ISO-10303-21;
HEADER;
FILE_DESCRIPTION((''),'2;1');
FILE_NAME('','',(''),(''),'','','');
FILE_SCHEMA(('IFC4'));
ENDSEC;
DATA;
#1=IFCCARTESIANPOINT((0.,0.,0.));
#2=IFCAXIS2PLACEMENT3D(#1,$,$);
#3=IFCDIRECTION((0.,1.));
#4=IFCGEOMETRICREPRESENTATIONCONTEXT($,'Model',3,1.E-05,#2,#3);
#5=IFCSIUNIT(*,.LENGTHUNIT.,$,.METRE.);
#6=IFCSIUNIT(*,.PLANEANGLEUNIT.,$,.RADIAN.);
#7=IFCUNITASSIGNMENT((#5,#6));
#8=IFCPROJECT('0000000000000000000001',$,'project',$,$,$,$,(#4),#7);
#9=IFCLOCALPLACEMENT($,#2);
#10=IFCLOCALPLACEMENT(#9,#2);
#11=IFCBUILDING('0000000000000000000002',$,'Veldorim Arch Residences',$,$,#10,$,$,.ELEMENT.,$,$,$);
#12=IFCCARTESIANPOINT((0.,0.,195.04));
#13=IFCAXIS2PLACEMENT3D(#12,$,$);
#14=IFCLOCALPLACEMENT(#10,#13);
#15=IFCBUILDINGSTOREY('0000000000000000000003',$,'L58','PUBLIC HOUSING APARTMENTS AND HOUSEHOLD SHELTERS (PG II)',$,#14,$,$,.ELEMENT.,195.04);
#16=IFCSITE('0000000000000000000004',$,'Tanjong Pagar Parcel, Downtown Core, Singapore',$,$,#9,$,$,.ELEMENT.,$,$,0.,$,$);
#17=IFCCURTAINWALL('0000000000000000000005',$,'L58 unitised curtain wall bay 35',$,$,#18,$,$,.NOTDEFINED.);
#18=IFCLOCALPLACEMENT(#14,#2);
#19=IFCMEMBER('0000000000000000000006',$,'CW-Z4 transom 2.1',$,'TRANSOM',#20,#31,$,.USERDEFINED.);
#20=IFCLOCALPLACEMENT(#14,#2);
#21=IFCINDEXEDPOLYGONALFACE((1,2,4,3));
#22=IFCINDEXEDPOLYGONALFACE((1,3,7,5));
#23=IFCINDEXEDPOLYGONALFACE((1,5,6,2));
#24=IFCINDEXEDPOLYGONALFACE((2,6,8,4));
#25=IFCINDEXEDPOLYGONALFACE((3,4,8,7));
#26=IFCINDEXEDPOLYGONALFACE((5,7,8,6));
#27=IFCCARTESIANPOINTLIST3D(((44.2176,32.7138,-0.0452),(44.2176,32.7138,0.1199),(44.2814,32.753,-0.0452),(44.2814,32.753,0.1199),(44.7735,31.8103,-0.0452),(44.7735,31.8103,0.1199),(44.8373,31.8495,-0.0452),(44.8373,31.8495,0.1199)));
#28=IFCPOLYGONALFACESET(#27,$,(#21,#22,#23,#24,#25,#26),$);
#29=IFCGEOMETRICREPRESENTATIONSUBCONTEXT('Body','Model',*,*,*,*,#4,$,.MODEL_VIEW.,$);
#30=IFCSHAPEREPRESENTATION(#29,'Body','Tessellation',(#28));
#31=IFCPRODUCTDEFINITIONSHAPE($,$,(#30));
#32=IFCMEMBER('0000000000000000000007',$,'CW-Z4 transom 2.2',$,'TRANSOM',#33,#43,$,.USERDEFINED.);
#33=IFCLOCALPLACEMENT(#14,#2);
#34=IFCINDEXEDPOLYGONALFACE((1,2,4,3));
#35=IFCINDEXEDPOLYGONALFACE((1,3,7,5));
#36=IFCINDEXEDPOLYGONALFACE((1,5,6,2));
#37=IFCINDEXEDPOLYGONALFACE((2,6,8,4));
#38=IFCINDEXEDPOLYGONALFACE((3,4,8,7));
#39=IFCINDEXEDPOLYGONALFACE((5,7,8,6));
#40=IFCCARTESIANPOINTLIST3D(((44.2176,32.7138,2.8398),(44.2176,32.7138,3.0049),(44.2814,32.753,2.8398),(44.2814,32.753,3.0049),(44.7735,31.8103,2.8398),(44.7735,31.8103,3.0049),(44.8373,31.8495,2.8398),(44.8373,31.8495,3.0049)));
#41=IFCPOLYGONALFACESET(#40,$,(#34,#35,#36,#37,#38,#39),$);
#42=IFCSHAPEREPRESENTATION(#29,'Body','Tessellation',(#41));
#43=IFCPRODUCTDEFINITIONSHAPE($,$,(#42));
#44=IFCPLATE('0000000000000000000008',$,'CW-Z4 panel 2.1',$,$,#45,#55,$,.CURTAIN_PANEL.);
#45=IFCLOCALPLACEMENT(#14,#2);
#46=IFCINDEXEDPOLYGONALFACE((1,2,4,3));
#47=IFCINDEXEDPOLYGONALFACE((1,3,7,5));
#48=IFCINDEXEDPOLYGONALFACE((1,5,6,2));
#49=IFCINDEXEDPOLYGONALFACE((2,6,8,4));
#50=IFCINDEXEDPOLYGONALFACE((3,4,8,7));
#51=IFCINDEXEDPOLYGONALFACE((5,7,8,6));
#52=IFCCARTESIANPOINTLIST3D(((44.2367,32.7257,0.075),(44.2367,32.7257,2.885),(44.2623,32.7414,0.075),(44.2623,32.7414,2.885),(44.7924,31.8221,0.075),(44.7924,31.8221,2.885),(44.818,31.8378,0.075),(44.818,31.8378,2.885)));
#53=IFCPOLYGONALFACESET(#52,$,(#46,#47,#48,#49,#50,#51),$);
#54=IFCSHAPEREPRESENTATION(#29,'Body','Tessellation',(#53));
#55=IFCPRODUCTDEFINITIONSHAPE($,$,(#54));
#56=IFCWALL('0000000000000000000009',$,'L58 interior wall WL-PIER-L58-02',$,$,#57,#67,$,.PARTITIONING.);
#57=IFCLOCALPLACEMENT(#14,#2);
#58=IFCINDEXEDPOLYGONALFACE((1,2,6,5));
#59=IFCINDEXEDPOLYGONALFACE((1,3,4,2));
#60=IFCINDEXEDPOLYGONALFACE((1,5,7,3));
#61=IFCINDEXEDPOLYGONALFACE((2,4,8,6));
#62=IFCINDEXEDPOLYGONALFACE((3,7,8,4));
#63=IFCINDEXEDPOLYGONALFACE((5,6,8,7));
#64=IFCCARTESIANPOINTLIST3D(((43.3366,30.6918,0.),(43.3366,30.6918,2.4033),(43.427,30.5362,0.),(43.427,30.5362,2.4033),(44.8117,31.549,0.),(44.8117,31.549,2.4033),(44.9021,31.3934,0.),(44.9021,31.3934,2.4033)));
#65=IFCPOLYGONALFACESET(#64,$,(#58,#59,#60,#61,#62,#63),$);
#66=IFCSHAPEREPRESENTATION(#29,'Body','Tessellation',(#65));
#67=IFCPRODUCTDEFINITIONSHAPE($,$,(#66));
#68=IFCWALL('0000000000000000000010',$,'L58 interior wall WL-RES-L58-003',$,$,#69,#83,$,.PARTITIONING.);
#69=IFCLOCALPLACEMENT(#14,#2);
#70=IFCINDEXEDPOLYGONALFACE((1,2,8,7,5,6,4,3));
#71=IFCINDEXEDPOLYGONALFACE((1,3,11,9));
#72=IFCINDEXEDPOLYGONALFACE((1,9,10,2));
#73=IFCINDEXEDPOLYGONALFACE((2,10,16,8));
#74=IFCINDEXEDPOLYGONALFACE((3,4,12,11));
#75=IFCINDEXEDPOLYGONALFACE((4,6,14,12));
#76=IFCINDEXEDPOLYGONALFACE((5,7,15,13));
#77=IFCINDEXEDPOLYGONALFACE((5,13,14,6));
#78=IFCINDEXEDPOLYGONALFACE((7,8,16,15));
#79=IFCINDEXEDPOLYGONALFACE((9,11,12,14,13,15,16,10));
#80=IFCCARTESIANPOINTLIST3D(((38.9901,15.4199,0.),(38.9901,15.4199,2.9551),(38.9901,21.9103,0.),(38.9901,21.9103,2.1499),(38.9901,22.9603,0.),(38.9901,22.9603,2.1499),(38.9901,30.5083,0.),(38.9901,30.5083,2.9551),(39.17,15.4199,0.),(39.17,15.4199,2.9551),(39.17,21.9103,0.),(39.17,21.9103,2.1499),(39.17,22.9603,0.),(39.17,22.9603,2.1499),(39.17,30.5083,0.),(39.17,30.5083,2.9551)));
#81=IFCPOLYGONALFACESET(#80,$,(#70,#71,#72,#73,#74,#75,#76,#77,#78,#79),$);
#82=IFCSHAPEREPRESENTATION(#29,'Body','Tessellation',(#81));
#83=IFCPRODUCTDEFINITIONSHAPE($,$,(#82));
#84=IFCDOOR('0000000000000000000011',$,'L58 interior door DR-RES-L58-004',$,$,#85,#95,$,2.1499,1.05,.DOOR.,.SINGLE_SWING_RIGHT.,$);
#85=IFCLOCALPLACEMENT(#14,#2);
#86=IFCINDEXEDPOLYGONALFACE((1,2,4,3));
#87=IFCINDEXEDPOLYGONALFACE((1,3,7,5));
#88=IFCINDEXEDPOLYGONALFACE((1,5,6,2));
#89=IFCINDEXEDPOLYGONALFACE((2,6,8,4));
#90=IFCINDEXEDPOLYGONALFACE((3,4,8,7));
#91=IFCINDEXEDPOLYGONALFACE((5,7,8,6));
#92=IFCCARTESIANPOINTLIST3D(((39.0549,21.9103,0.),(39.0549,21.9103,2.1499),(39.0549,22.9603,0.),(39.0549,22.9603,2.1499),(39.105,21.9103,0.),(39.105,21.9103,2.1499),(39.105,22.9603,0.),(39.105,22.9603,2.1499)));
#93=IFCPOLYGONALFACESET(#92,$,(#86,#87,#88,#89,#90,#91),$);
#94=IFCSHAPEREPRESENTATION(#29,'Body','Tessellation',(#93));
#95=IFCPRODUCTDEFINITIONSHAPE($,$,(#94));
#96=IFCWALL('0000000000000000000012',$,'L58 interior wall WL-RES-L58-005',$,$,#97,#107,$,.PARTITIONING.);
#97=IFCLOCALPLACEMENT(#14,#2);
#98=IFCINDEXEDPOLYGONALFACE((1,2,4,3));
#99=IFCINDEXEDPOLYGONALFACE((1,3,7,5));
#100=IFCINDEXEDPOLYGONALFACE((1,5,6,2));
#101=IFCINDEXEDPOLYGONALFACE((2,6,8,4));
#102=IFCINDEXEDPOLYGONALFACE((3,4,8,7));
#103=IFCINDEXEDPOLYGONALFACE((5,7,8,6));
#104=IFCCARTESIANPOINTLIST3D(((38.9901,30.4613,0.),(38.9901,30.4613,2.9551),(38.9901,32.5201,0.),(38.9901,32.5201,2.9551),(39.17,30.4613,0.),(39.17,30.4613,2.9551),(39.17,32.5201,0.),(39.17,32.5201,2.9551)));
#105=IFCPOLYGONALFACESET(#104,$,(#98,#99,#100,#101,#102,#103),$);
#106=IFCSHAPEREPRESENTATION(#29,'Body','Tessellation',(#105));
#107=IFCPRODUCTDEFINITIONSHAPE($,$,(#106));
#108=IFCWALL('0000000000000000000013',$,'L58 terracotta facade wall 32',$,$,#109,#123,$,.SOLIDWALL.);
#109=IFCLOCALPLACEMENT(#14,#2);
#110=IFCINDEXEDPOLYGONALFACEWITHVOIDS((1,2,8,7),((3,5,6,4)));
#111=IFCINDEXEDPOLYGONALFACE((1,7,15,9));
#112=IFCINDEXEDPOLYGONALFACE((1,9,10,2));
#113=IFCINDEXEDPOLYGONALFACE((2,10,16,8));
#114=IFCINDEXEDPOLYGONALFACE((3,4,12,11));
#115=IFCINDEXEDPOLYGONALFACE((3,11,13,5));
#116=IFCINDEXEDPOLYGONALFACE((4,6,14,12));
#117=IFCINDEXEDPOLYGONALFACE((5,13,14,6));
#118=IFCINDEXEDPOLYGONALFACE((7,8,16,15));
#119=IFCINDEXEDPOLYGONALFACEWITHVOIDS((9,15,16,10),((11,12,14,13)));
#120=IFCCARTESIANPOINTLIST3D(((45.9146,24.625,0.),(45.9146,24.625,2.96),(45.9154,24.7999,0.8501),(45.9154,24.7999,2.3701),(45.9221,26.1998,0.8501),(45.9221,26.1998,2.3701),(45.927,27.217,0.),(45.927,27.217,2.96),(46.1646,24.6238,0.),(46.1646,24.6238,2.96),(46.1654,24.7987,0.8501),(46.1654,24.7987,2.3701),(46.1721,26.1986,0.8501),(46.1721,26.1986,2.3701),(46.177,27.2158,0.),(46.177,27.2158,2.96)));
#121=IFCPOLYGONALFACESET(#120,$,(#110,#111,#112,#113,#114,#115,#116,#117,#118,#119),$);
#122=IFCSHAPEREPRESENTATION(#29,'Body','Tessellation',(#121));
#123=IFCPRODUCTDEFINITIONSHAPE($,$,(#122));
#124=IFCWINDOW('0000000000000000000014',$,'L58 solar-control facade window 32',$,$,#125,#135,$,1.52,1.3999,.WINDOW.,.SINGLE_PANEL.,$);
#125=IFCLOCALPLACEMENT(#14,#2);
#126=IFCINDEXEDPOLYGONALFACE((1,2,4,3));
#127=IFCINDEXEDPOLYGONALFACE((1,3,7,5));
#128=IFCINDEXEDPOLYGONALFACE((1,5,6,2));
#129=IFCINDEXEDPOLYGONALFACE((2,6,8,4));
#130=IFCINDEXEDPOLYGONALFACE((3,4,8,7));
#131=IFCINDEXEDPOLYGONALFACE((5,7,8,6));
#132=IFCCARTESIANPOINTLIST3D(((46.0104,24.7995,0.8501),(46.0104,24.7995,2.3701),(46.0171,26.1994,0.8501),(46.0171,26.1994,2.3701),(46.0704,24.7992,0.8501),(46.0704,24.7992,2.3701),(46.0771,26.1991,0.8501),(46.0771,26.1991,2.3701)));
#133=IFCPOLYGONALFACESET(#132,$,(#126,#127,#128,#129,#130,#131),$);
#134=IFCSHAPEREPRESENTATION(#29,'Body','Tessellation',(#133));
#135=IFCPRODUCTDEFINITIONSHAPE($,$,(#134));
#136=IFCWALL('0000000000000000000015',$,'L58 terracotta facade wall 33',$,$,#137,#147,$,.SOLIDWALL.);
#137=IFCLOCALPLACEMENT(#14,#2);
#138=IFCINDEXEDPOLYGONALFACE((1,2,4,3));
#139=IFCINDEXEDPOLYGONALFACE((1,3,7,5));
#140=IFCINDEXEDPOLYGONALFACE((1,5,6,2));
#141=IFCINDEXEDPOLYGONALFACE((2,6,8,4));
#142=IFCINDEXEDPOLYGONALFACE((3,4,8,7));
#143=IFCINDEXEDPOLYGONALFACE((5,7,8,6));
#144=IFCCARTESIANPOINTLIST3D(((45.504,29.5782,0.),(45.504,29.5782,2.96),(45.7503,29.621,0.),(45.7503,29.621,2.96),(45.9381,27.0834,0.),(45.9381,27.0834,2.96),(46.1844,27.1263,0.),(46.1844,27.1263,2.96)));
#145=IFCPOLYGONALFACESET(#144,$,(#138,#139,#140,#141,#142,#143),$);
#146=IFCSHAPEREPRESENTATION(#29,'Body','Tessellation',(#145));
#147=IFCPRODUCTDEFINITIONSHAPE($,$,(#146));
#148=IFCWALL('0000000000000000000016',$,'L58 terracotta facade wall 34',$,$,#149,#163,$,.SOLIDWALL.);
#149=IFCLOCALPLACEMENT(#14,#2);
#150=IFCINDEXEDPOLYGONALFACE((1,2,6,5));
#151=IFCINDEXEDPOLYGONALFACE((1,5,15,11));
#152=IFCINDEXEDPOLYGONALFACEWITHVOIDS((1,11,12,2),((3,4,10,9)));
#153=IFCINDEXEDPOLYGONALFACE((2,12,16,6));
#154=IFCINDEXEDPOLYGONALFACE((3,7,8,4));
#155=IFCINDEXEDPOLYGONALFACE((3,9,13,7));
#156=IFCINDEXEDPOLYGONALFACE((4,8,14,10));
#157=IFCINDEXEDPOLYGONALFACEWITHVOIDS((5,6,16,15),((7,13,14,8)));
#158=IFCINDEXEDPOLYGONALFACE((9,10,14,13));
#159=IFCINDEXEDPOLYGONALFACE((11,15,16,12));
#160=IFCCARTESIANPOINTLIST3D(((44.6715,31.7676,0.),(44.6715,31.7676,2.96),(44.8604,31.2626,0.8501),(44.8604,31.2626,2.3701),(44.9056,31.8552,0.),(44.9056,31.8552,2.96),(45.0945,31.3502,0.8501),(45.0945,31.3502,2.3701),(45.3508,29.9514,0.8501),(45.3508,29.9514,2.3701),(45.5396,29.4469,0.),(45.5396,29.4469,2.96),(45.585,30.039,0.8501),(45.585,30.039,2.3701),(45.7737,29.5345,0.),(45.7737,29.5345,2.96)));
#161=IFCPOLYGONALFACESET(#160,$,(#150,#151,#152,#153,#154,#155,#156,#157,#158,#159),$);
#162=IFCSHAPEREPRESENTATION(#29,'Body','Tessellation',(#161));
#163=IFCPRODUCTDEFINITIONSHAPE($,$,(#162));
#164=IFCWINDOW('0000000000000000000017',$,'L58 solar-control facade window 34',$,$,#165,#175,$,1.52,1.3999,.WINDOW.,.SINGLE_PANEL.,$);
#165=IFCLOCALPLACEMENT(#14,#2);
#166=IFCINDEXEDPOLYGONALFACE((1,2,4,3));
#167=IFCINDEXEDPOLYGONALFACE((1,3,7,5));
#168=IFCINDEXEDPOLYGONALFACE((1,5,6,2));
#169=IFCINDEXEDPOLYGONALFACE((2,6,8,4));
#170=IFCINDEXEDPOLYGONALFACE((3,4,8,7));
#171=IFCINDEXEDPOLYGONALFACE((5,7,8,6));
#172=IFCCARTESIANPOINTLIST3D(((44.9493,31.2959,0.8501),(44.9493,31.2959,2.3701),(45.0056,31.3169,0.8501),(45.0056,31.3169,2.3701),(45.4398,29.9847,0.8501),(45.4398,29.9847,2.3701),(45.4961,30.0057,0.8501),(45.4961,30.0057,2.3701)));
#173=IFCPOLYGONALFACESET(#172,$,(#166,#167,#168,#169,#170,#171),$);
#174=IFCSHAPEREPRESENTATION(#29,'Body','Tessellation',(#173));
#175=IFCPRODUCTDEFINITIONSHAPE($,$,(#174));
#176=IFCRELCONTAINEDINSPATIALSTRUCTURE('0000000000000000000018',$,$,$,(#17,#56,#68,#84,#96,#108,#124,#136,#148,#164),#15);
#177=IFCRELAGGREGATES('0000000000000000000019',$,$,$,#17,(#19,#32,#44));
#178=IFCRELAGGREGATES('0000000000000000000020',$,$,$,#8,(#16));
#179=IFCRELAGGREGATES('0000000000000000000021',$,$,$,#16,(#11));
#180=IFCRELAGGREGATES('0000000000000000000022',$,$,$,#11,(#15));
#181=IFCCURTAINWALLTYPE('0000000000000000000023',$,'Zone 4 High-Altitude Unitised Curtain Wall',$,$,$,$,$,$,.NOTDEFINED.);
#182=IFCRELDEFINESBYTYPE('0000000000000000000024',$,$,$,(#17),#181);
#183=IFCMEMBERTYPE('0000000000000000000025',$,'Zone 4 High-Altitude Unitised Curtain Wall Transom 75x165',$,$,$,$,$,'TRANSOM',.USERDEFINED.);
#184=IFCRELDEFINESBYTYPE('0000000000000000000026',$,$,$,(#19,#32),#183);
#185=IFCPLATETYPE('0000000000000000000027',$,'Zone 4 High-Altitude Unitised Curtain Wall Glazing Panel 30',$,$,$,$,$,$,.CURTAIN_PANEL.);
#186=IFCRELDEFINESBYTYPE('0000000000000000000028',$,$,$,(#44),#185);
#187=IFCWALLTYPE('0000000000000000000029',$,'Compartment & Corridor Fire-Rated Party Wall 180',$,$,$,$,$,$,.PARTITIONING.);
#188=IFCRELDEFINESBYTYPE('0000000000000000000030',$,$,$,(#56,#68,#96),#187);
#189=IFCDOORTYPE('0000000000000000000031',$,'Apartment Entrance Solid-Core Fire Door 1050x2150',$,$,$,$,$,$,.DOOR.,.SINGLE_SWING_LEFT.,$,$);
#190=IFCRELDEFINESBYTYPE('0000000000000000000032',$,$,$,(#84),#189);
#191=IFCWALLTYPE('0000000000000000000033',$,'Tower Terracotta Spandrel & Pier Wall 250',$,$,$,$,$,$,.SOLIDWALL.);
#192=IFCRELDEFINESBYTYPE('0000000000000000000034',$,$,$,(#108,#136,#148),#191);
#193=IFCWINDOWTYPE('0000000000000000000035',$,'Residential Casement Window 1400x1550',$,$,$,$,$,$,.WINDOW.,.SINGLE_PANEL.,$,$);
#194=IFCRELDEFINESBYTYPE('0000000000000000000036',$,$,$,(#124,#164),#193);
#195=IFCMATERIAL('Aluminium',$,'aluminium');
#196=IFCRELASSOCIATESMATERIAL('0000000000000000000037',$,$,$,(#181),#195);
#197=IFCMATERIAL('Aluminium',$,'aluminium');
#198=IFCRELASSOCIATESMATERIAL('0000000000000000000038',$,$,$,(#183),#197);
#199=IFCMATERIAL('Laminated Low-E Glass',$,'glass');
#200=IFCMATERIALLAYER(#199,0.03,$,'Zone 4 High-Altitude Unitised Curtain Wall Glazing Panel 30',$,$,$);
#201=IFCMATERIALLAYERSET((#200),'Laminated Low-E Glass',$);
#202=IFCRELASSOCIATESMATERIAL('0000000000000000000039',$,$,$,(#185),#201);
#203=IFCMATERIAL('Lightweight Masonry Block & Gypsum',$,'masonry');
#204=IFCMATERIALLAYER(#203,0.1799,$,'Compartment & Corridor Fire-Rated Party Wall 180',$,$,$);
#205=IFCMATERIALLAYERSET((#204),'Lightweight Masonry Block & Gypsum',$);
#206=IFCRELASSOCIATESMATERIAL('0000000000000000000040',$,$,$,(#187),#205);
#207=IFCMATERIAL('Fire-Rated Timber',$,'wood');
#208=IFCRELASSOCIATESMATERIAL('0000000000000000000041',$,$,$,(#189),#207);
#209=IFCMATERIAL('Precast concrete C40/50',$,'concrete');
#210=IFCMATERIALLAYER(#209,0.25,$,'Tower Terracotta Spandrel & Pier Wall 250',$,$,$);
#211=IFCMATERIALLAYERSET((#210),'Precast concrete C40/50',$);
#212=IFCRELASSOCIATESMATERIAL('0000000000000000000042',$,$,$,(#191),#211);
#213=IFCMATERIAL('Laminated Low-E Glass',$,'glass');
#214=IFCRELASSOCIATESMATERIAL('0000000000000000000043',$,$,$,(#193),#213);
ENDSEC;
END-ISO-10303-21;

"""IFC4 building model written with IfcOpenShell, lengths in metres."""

from ifc_helpers import new_model, si_unit, direction, frame, frame_2d, origin, origin_2d, place, context, subcontext, project, spatial, rectangle, extrude, material, layer, layer_set, material_profile, profile_set, type_object, element, fill, aggregate, save


model = new_model("IFC4")

# Units and contexts
model_context = context("Model", 3, precision=1e-05, world=origin(), true_north=direction((0.0, 1.0)))
body_context = subcontext(model_context, "Body", "Model", "MODEL_VIEW")
ifc_project = project(units=[si_unit("LENGTHUNIT", "METRE"), si_unit("PLANEANGLEUNIT", "RADIAN")], contexts=[model_context])

# Site, building, storey
site_placement = place(None, origin())
site = spatial("IfcSite", under=ifc_project, at=site_placement, Name="Tanjong Pagar Parcel, Downtown Core, Singapore", CompositionType="ELEMENT", RefElevation=0.0)
building_placement = place(site_placement, origin())
building = spatial("IfcBuilding", under=site, at=building_placement, Name="Veldorim Arch Residences", CompositionType="ELEMENT")
storey_placement = place(building_placement, frame((0.0, 0.0, 195.04)))
storey = spatial("IfcBuildingStorey", under=building, at=storey_placement, Name="L58", Description="PUBLIC HOUSING APARTMENTS AND HOUSEHOLD SHELTERS (PG II)", CompositionType="ELEMENT", Elevation=195.04)

# Curtain wall, members, plate
ifc_material_1 = material(Name="Aluminium", Category="aluminium")
curtain_wall_type = type_object("IfcCurtainWallType", Name="Zone 4 High-Altitude Unitised Curtain Wall", PredefinedType="NOTDEFINED", material=ifc_material_1)
curtain_wall_placement = place(storey_placement, origin())
curtain_wall = element("IfcCurtainWall", 1, at=curtain_wall_placement, inside=storey, type_object=curtain_wall_type, Name="L58 unitised curtain wall bay 35", PredefinedType="NOTDEFINED")
ifc_material_2 = material(Name="Aluminium", Category="aluminium")
ifc_material_profile_1 = material_profile(ifc_material_2, rectangle(XDim=0.075, YDim=0.165, at=origin_2d()), Name="ALU_TRN_75x165")
ifc_profile_set_1 = profile_set([ifc_material_profile_1], Name="Aluminium")
member_type_1 = type_object("IfcMemberType", Name="Zone 4 High-Altitude Unitised Curtain Wall Transom 75x165", ElementType="TRANSOM", PredefinedType="USERDEFINED", material=ifc_profile_set_1)
member_1_placement = place(storey_placement, frame((44.2495, 32.7334, 0.0374), z_axis=(0.524008, -0.851714, 0.0), x_axis=(0.851714, 0.524008, 0.0)))
member_1 = element("IfcMember", 2, at=member_1_placement, type_object=member_type_1, Name="CW-Z4 transom 2.1", ObjectType="TRANSOM", PredefinedType="USERDEFINED", context=body_context, shape_type="SweptSolid", body=[
    extrude(rectangle(XDim=0.075, YDim=0.165, at=origin_2d()), origin(), (0.0, 0.0, 1.0), 1.0608),
])
member_2_placement = place(storey_placement, frame((44.2495, 32.7334, 2.9224), z_axis=(0.524008, -0.851714, 0.0), x_axis=(0.851714, 0.524008, 0.0)))
member_2 = element("IfcMember", 3, at=member_2_placement, type_object=member_type_1, Name="CW-Z4 transom 2.2", ObjectType="TRANSOM", PredefinedType="USERDEFINED", context=body_context, shape_type="SweptSolid", body=[
    extrude(rectangle(XDim=0.075, YDim=0.165, at=origin_2d()), origin(), (0.0, 0.0, 1.0), 1.0608),
])
ifc_material_3 = material(Name="Laminated Low-E Glass", Category="glass")
ifc_layer_1 = layer(ifc_material_3, 0.03, Name="Zone 4 High-Altitude Unitised Curtain Wall Glazing Panel 30")
ifc_layer_set_1 = layer_set([ifc_layer_1], Name="Laminated Low-E Glass")
plate_type = type_object("IfcPlateType", Name="Zone 4 High-Altitude Unitised Curtain Wall Glazing Panel 30", PredefinedType="CURTAIN_PANEL", material=ifc_layer_set_1)
plate_placement = place(storey_placement, frame((44.5273, 32.2817, 0.075), z_axis=(0.0, 0.0, 1.0), x_axis=(0.523864, -0.851802, 0.0)))
plate = element("IfcPlate", 4, at=plate_placement, type_object=plate_type, Name="CW-Z4 panel 2.1", PredefinedType="CURTAIN_PANEL", context=body_context, shape_type="SweptSolid", body=[
    extrude(rectangle(XDim=1.0608, YDim=0.03, at=origin_2d()), origin(), (0.0, 0.0, 1.0), 2.8101),
])
aggregate(curtain_wall, [member_1, member_2, plate])

# Wall
ifc_material_4 = material(Name="Lightweight Masonry Block & Gypsum", Category="masonry")
ifc_layer_2 = layer(ifc_material_4, 0.1799, Name="Compartment & Corridor Fire-Rated Party Wall 180")
ifc_layer_set_2 = layer_set([ifc_layer_2], Name="Lightweight Masonry Block & Gypsum")
wall_type_1 = type_object("IfcWallType", Name="Compartment & Corridor Fire-Rated Party Wall 180", PredefinedType="PARTITIONING", material=ifc_layer_set_2)
wall_1_placement = place(storey_placement, frame((43.3818, 30.614, 0.0), z_axis=(0.0, 0.0, 1.0), x_axis=(0.864619, 0.502429, 0.0)))
element("IfcWall", 5, at=wall_1_placement, inside=storey, type_object=wall_type_1, Name="L58 interior wall WL-PIER-L58-02", PredefinedType="PARTITIONING", context=body_context, shape_type="SweptSolid", body=[
    extrude(rectangle(XDim=1.7061, YDim=0.1799, at=frame_2d((0.853, 0.0))), origin(), (0.0, 0.0, 1.0), 2.4033),
])

# Wall, opening, door
wall_2_placement = place(storey_placement, frame((39.0801, 30.5083, 0.0), z_axis=(0.0, 0.0, 1.0), x_axis=(0.0, -1.0, 0.0)))
wall_2 = element("IfcWall", 6, at=wall_2_placement, inside=storey, type_object=wall_type_1, Name="L58 interior wall WL-RES-L58-003", PredefinedType="PARTITIONING", context=body_context, shape_type="SweptSolid", body=[
    extrude(rectangle(XDim=15.0884, YDim=0.1799, at=frame_2d((7.5442, 0.0))), origin(), (0.0, 0.0, 1.0), 2.9551),
])
opening_1_placement = place(wall_2_placement, frame((7.5481, 0.0, 0.0)))
opening_1 = element("IfcOpeningElement", 7, at=opening_1_placement, cuts=wall_2, PredefinedType="OPENING", context=body_context, shape_type="SweptSolid", body=[
    extrude(rectangle(XDim=1.05, YDim=2.1499, at=frame_2d((0.5249, 1.075))), frame((0.0, 0.0999, 0.0), z_axis=(0.0, -1.0, 0.0), x_axis=(1.0, 0.0, 0.0)), (0.0, 0.0, 1.0), 0.2),
])
ifc_material_5 = material(Name="Fire-Rated Timber", Category="wood")
door_type = type_object("IfcDoorType", Name="Apartment Entrance Solid-Core Fire Door 1050x2150", OperationType="SINGLE_SWING_LEFT", PredefinedType="DOOR", material=ifc_material_5)
door_placement = place(opening_1_placement, origin())
door = element("IfcDoor", 8, at=door_placement, inside=storey, type_object=door_type, Name="L58 interior door DR-RES-L58-004", OperationType="SINGLE_SWING_RIGHT", OverallHeight=2.1499, OverallWidth=1.05, PredefinedType="DOOR", context=body_context, shape_type="SweptSolid", body=[
    extrude(rectangle(XDim=1.05, YDim=2.1499, at=frame_2d((0.5249, 1.075))), frame((0.0, 0.0249, 0.0), z_axis=(0.0, -1.0, 0.0), x_axis=(1.0, 0.0, 0.0)), (0.0, 0.0, 1.0), 0.05),
])
fill(opening_1, door)

# Wall
wall_3_placement = place(storey_placement, frame((39.0801, 32.52, 0.0), z_axis=(0.0, 0.0, 1.0), x_axis=(0.0, -1.0, 0.0)))
element("IfcWall", 9, at=wall_3_placement, inside=storey, type_object=wall_type_1, Name="L58 interior wall WL-RES-L58-005", PredefinedType="PARTITIONING", context=body_context, shape_type="SweptSolid", body=[
    extrude(rectangle(XDim=2.0588, YDim=0.1799, at=frame_2d((1.0293, 0.0))), origin(), (0.0, 0.0, 1.0), 2.9551),
])

# Wall, opening, window
ifc_material_6 = material(Name="Precast concrete C40/50", Category="concrete")
ifc_layer_3 = layer(ifc_material_6, 0.25, Name="Tower Terracotta Spandrel & Pier Wall 250")
ifc_layer_set_3 = layer_set([ifc_layer_3], Name="Precast concrete C40/50")
wall_type_2 = type_object("IfcWallType", Name="Tower Terracotta Spandrel & Pier Wall 250", PredefinedType="SOLIDWALL", material=ifc_layer_set_3)
wall_4_placement = place(storey_placement, frame((46.052, 27.2163, 0.0), z_axis=(0.0, 0.0, 1.0), x_axis=(-0.004804, -0.999988, 0.0)))
wall_4 = element("IfcWall", 10, at=wall_4_placement, inside=storey, type_object=wall_type_2, Name="L58 terracotta facade wall 32", PredefinedType="SOLIDWALL", context=body_context, shape_type="SweptSolid", body=[
    extrude(rectangle(XDim=2.592, YDim=0.25, at=frame_2d((1.2959, 0.0))), origin(), (0.0, 0.0, 1.0), 2.96),
])
opening_2_placement = place(wall_4_placement, frame((1.0171, 0.0, 0.8501)))
opening_2 = element("IfcOpeningElement", 11, at=opening_2_placement, cuts=wall_4, PredefinedType="OPENING", context=body_context, shape_type="SweptSolid", body=[
    extrude(rectangle(XDim=1.3999, YDim=1.52, at=frame_2d((0.7, 0.76))), frame((0.0, 0.135, 0.0), z_axis=(0.0, -1.0, 0.0), x_axis=(1.0, 0.0, 0.0)), (0.0, 0.0, 1.0), 0.27),
])
ifc_material_7 = material(Name="Laminated Low-E Glass", Category="glass")
window_type = type_object("IfcWindowType", Name="Residential Casement Window 1400x1550", PartitioningType="SINGLE_PANEL", PredefinedType="WINDOW", material=ifc_material_7)
window_1_placement = place(opening_2_placement, origin())
window_1 = element("IfcWindow", 12, at=window_1_placement, inside=storey, type_object=window_type, Name="L58 solar-control facade window 32", OverallHeight=1.52, OverallWidth=1.3999, PartitioningType="SINGLE_PANEL", PredefinedType="WINDOW", context=body_context, shape_type="SweptSolid", body=[
    extrude(rectangle(XDim=1.3999, YDim=1.52, at=frame_2d((0.7, 0.76))), frame((0.0, 0.03, 0.0), z_axis=(0.0, -1.0, 0.0), x_axis=(1.0, 0.0, 0.0)), (0.0, 0.0, 1.0), 0.0601),
])
fill(opening_2, window_1)

# Wall
wall_5_placement = place(storey_placement, frame((45.6272, 29.5996, 0.0), z_axis=(0.0, 0.0, 1.0), x_axis=(0.171431, -0.985196, 0.0)))
element("IfcWall", 13, at=wall_5_placement, inside=storey, type_object=wall_type_2, Name="L58 terracotta facade wall 33", PredefinedType="SOLIDWALL", context=body_context, shape_type="SweptSolid", body=[
    extrude(rectangle(XDim=2.5322, YDim=0.25, at=frame_2d((1.2661, 0.0))), origin(), (0.0, 0.0, 1.0), 2.96),
])

# Wall, opening, window
wall_6_placement = place(storey_placement, frame((44.7886, 31.8113, 0.0), z_axis=(0.0, 0.0, 1.0), x_axis=(0.350367, -0.936612, 0.0)))
wall_6 = element("IfcWall", 14, at=wall_6_placement, inside=storey, type_object=wall_type_2, Name="L58 terracotta facade wall 34", PredefinedType="SOLIDWALL", context=body_context, shape_type="SweptSolid", body=[
    extrude(rectangle(XDim=2.4778, YDim=0.25, at=frame_2d((1.2388, 0.0))), origin(), (0.0, 0.0, 1.0), 2.96),
])
opening_3_placement = place(wall_6_placement, frame((0.5391, 0.0, 0.8501)))
opening_3 = element("IfcOpeningElement", 15, at=opening_3_placement, cuts=wall_6, PredefinedType="OPENING", context=body_context, shape_type="SweptSolid", body=[
    extrude(rectangle(XDim=1.3999, YDim=1.52, at=frame_2d((0.7, 0.76))), frame((0.0, 0.135, 0.0), z_axis=(0.0, -1.0, 0.0), x_axis=(1.0, 0.0, 0.0)), (0.0, 0.0, 1.0), 0.27),
])
window_2_placement = place(opening_3_placement, origin())
window_2 = element("IfcWindow", 16, at=window_2_placement, inside=storey, type_object=window_type, Name="L58 solar-control facade window 34", OverallHeight=1.52, OverallWidth=1.3999, PartitioningType="SINGLE_PANEL", PredefinedType="WINDOW", context=body_context, shape_type="SweptSolid", body=[
    extrude(rectangle(XDim=1.3999, YDim=1.52, at=frame_2d((0.7, 0.76))), frame((0.0, 0.03, 0.0), z_axis=(0.0, -1.0, 0.0), x_axis=(1.0, 0.0, 0.0)), (0.0, 0.0, 1.0), 0.0601),
])
fill(opening_3, window_2)

save(model, "model.ifc")
